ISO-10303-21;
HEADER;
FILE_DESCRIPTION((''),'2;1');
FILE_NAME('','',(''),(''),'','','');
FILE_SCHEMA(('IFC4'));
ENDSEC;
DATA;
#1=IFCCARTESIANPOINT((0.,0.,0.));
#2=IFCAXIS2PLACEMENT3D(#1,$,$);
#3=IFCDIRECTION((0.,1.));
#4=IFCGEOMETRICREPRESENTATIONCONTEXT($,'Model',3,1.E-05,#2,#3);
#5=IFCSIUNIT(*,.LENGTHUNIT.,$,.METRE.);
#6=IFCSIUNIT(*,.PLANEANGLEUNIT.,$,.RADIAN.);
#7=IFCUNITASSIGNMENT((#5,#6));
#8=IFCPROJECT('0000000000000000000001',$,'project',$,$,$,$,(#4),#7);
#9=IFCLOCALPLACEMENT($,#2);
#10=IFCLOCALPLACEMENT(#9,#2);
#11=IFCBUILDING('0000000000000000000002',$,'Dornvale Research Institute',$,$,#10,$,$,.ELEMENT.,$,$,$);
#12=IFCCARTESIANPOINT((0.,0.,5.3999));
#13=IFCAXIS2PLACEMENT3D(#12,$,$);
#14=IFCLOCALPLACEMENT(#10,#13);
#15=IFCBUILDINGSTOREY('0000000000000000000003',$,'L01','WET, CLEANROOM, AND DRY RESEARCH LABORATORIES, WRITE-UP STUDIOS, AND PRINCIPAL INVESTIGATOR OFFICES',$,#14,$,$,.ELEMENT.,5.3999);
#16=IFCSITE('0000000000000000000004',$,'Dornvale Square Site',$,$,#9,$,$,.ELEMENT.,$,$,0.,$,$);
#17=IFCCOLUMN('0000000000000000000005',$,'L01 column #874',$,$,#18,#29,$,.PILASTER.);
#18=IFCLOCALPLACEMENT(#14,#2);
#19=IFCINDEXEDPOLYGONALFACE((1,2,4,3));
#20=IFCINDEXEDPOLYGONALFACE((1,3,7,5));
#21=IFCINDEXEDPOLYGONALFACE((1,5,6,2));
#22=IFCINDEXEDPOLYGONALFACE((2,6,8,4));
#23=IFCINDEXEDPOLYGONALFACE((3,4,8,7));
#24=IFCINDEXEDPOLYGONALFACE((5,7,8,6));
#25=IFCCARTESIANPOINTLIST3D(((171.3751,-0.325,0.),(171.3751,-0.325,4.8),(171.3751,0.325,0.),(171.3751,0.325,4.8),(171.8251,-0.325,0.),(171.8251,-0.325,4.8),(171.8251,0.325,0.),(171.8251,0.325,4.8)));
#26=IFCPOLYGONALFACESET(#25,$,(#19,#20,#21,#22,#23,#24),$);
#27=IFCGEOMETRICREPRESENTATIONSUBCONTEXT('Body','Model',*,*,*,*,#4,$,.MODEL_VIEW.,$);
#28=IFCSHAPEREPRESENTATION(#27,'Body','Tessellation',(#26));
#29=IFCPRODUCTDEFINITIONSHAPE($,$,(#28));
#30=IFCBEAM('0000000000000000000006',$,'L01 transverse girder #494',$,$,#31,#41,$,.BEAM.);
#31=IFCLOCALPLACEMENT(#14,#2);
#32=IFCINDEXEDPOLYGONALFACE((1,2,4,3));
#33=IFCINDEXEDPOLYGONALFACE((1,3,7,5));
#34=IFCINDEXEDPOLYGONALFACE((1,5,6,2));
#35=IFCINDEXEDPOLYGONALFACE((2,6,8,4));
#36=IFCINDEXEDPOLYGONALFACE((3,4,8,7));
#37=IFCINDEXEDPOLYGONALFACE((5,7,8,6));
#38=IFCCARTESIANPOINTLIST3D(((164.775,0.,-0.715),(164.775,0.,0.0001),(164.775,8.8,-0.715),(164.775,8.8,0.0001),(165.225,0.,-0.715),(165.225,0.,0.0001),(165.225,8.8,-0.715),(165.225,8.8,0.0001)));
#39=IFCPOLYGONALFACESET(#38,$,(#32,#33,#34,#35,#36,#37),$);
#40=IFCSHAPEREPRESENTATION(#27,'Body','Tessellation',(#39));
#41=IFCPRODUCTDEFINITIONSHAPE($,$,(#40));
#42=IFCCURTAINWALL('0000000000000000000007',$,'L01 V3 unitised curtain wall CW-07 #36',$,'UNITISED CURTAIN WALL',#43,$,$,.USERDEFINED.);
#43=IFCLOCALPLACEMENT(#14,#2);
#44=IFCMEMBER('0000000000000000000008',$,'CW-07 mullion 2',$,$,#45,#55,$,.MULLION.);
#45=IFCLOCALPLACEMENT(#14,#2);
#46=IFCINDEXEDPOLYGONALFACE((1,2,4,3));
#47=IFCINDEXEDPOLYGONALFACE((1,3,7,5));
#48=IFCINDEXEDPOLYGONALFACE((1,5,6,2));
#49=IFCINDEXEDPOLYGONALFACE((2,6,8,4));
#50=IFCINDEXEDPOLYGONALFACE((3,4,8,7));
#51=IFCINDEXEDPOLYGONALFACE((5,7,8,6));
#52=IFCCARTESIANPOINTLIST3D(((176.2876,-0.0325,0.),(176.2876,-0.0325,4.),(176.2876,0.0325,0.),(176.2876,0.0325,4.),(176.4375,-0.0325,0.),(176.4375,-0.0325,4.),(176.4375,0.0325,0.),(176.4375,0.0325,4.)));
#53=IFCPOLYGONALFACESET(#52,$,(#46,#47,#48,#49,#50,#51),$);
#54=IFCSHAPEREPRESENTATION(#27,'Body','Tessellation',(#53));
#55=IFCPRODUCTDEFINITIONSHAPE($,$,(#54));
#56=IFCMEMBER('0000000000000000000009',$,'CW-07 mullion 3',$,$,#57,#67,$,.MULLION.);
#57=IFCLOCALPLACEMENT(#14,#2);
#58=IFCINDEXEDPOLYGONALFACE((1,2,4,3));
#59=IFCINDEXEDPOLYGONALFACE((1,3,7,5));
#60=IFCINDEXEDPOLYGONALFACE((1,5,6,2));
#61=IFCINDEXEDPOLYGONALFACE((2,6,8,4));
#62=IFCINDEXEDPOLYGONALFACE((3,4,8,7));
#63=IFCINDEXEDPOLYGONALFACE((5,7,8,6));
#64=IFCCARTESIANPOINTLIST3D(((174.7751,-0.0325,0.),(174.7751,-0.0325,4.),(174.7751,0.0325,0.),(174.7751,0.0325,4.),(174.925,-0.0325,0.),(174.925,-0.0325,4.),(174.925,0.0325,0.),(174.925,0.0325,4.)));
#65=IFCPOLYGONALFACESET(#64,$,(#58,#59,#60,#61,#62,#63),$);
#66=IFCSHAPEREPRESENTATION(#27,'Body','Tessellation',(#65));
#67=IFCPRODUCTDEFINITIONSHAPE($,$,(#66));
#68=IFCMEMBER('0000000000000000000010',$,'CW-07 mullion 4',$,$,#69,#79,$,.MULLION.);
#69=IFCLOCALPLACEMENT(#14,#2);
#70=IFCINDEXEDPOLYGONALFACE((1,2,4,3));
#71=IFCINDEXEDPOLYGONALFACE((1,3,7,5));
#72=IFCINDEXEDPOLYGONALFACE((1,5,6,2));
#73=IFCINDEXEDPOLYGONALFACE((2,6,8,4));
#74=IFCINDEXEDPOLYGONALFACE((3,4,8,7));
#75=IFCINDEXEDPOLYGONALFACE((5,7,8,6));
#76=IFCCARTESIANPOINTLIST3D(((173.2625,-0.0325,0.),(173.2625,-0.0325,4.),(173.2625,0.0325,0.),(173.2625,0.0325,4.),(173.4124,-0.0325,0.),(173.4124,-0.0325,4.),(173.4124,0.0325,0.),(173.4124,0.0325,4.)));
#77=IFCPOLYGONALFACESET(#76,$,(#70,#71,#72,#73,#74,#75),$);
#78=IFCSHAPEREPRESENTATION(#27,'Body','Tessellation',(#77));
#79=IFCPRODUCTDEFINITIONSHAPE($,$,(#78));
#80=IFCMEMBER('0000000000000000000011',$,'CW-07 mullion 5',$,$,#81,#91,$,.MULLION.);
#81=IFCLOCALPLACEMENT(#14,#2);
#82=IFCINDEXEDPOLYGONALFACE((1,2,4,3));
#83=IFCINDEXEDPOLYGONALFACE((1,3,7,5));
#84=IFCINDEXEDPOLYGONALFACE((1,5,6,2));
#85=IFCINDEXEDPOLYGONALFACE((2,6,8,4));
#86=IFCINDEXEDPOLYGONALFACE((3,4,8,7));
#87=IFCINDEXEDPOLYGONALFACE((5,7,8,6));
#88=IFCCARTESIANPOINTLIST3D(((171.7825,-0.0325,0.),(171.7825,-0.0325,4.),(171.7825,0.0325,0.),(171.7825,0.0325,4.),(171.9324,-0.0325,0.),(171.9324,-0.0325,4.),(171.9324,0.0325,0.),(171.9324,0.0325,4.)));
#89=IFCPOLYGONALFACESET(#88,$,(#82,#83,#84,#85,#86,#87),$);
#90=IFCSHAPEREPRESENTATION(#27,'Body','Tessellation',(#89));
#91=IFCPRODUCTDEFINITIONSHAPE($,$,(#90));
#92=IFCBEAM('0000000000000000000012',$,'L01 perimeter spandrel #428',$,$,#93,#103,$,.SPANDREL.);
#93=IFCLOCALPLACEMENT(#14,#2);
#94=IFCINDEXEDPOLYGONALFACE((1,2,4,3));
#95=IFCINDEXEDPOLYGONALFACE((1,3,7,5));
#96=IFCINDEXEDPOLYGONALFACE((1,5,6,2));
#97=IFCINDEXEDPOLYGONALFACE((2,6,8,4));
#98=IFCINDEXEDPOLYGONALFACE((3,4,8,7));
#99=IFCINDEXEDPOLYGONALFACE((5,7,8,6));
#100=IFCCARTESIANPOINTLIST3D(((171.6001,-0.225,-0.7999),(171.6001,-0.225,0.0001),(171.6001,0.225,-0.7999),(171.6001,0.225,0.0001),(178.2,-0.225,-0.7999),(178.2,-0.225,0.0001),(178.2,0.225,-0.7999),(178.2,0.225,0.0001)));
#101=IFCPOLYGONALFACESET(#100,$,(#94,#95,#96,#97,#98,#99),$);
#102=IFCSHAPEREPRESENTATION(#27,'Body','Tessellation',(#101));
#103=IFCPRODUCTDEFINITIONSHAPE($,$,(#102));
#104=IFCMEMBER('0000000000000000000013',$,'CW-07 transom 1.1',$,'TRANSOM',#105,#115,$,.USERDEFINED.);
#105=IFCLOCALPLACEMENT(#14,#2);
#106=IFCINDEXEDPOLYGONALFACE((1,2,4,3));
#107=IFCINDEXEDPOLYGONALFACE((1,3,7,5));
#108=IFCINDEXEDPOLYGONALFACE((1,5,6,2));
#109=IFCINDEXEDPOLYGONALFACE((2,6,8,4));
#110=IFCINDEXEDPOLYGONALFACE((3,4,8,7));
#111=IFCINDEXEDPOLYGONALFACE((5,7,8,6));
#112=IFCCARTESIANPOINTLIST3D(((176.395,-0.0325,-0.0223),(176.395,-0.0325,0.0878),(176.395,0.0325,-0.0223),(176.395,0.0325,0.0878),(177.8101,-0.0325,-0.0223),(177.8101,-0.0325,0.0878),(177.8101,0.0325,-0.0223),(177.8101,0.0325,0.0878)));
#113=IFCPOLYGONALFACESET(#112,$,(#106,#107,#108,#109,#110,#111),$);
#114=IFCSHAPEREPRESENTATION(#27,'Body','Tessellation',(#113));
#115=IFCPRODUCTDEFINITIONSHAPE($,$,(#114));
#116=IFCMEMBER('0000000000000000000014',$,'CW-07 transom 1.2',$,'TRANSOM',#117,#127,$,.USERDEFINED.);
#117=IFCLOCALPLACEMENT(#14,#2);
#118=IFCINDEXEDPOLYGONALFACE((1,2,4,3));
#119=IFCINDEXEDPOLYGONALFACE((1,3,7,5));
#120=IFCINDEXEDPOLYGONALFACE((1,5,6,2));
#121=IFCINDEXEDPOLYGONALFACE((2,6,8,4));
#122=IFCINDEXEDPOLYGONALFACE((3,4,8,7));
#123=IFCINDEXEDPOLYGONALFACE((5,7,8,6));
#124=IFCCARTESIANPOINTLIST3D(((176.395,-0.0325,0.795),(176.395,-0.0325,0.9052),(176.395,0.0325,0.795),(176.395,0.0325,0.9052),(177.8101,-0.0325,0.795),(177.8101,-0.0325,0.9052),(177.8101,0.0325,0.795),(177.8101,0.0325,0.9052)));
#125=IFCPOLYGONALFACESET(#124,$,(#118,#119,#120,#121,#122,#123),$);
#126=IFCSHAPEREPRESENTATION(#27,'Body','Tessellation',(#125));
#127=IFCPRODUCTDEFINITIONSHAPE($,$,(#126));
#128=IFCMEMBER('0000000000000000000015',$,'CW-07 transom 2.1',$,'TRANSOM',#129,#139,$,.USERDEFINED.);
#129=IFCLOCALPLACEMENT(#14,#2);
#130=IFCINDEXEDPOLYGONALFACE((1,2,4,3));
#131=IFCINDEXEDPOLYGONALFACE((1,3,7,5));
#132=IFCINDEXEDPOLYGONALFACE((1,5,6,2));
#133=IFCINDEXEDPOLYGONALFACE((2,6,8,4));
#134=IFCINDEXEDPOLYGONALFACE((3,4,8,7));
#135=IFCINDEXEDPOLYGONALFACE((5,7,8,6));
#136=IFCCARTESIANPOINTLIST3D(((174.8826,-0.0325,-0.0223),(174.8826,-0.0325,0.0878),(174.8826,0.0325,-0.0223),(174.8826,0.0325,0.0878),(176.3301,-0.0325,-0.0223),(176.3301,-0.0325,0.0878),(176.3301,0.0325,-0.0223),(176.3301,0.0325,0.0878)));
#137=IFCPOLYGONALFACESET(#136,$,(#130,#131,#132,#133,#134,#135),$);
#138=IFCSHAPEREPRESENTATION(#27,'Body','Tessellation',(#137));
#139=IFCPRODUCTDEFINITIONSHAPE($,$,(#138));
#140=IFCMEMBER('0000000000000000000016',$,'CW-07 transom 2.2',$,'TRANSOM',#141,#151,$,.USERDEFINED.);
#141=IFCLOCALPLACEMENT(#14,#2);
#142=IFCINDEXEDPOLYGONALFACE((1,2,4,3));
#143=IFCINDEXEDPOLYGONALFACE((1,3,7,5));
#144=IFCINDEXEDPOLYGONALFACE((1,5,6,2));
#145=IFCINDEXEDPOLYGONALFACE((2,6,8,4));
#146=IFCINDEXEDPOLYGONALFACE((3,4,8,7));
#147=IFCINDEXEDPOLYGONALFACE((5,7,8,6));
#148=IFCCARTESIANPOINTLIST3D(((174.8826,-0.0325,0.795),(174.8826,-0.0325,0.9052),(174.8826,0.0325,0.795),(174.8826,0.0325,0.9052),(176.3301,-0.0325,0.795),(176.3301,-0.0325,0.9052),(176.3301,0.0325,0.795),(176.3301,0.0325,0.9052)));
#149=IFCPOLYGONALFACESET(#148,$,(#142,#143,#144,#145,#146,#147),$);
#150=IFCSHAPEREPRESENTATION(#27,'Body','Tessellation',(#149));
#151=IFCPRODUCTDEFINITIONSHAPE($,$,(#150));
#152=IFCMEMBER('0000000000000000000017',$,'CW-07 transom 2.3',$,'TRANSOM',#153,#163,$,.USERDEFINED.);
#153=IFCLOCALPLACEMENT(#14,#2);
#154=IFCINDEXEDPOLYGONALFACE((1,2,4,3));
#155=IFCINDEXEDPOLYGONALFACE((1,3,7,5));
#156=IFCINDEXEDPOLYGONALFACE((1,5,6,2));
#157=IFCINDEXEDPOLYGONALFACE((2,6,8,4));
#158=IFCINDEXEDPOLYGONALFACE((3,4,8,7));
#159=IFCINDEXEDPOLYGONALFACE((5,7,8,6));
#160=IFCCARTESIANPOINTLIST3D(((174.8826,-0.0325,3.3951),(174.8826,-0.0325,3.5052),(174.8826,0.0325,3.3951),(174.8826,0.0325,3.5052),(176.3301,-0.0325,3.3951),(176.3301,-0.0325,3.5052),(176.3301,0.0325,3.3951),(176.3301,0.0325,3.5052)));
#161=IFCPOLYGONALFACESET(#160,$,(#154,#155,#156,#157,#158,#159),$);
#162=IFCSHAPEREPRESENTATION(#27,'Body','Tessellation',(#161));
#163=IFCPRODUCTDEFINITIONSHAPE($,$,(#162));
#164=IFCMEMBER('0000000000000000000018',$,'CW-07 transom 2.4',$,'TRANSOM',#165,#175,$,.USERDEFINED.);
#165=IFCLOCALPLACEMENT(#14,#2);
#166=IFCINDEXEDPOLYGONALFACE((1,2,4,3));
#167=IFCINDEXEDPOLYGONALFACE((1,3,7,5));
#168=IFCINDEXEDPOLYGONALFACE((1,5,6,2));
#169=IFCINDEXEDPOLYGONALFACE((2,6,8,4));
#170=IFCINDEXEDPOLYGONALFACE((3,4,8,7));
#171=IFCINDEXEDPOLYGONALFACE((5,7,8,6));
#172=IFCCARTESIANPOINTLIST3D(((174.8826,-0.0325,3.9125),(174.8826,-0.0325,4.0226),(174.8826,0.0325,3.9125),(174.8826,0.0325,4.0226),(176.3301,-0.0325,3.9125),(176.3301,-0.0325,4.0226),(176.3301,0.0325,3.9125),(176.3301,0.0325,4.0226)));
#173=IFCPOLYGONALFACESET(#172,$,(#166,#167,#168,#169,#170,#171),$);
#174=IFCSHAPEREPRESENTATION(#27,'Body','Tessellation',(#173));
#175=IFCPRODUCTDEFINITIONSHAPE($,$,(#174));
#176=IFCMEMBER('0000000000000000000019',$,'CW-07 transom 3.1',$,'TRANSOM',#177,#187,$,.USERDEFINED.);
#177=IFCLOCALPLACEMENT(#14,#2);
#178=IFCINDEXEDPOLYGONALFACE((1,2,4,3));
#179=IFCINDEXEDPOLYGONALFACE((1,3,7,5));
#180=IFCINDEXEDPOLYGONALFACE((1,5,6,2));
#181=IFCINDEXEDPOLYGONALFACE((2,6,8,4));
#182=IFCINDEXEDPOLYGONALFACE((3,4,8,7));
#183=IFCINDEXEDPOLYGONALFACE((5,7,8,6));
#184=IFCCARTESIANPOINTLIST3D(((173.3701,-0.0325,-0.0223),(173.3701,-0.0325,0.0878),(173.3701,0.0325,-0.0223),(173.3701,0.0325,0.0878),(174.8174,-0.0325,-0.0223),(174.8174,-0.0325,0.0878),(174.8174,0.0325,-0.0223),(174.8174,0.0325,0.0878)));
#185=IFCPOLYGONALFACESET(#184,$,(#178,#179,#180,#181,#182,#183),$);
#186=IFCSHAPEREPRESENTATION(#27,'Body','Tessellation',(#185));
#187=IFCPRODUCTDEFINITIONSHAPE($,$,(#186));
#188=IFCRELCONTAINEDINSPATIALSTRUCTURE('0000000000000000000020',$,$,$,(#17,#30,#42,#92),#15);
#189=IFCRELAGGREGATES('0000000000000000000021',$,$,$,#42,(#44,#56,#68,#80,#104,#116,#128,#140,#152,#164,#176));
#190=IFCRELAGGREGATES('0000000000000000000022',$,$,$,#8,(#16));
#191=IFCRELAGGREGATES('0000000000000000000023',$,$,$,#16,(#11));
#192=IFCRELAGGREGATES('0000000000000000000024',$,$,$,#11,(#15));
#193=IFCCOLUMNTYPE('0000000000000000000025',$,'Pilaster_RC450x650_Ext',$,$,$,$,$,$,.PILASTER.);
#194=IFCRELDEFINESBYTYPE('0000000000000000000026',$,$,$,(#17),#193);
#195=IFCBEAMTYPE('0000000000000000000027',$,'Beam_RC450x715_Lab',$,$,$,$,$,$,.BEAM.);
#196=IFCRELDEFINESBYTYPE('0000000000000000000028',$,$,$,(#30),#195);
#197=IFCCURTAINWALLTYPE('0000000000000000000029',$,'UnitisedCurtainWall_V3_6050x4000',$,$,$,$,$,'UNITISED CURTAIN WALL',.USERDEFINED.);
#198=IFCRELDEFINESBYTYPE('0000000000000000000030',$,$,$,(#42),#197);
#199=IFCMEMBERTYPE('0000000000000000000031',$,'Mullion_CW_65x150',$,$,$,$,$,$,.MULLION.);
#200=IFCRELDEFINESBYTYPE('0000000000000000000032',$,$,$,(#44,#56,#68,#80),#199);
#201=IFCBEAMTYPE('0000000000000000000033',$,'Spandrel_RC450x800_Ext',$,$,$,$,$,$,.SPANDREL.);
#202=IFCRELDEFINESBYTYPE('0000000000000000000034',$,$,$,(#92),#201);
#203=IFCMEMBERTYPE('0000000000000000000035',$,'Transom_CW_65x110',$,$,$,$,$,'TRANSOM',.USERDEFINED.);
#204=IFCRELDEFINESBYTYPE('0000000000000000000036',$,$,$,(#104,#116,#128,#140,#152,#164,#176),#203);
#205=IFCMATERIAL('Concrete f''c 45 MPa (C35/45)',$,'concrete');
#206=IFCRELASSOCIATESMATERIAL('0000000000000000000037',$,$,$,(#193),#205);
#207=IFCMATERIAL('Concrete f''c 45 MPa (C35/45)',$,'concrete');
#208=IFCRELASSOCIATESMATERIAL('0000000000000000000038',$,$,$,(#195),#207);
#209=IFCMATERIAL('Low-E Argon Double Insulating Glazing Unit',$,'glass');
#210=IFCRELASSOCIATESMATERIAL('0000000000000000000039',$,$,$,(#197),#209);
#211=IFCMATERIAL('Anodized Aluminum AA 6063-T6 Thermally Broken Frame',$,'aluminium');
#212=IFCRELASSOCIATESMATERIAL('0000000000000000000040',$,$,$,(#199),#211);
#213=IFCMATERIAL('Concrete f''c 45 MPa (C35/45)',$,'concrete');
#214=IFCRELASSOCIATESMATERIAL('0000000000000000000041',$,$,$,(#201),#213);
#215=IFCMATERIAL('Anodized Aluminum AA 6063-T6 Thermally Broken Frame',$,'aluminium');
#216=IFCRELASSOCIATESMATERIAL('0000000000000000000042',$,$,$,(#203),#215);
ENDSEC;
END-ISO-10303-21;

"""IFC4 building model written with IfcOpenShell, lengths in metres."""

from ifc_helpers import new_model, si_unit, direction, frame, origin, origin_2d, place, context, subcontext, project, spatial, rectangle, extrude, material, material_profile, profile_set, type_object, element, aggregate, save


model = new_model("IFC4")

# Units and contexts
model_context = context("Model", 3, precision=1e-05, world=origin(), true_north=direction((0.0, 1.0)))
body_context = subcontext(model_context, "Body", "Model", "MODEL_VIEW")
ifc_project = project(units=[si_unit("LENGTHUNIT", "METRE"), si_unit("PLANEANGLEUNIT", "RADIAN")], contexts=[model_context])

# Site, building, storey
site_placement = place(None, origin())
site = spatial("IfcSite", under=ifc_project, at=site_placement, Name="Dornvale Square Site", CompositionType="ELEMENT", RefElevation=0.0)
building_placement = place(site_placement, origin())
building = spatial("IfcBuilding", under=site, at=building_placement, Name="Dornvale Research Institute", CompositionType="ELEMENT")
storey_placement = place(building_placement, frame((0.0, 0.0, 5.3999)))
storey = spatial("IfcBuildingStorey", under=building, at=storey_placement, Name="L01", Description="WET, CLEANROOM, AND DRY RESEARCH LABORATORIES, WRITE-UP STUDIOS, AND PRINCIPAL INVESTIGATOR OFFICES", CompositionType="ELEMENT", Elevation=5.3999)

# Column
ifc_material_1 = material(Name="Concrete f'c 45 MPa (C35/45)", Category="concrete")
ifc_material_profile_1 = material_profile(ifc_material_1, rectangle(XDim=0.45, YDim=0.6499, at=origin_2d()), Name="RC 450x650")
ifc_profile_set_1 = profile_set([ifc_material_profile_1], Name="Concrete f'c 45 MPa (C35/45)")
column_type = type_object("IfcColumnType", Name="Pilaster_RC450x650_Ext", PredefinedType="PILASTER", material=ifc_profile_set_1)
column_placement = place(storey_placement, frame((171.6001, 0.0, 0.0), z_axis=(0.0, 0.0, 1.0), x_axis=(1.0, 0.0, 0.0)))
element("IfcColumn", 1, at=column_placement, inside=storey, type_object=column_type, Name="L01 column #874", PredefinedType="PILASTER", context=body_context, shape_type="SweptSolid", body=[
    extrude(rectangle(XDim=0.45, YDim=0.6499, at=origin_2d()), origin(), (0.0, 0.0, 1.0), 4.8),
])

# Beam
ifc_material_2 = material(Name="Concrete f'c 45 MPa (C35/45)", Category="concrete")
ifc_material_profile_2 = material_profile(ifc_material_2, rectangle(XDim=0.45, YDim=0.7151, at=origin_2d()), Name="RC 450x715")
ifc_profile_set_2 = profile_set([ifc_material_profile_2], Name="Concrete f'c 45 MPa (C35/45)")
beam_type_1 = type_object("IfcBeamType", Name="Beam_RC450x715_Lab", PredefinedType="BEAM", material=ifc_profile_set_2)
beam_1_placement = place(storey_placement, frame((165.0, 0.0, -0.3574), z_axis=(0.0, 1.0, 0.0), x_axis=(-1.0, 0.0, 0.0)))
element("IfcBeam", 2, at=beam_1_placement, inside=storey, type_object=beam_type_1, Name="L01 transverse girder #494", PredefinedType="BEAM", context=body_context, shape_type="SweptSolid", body=[
    extrude(rectangle(XDim=0.45, YDim=0.7151, at=origin_2d()), origin(), (0.0, 0.0, 1.0), 8.8),
])

# Curtain wall, members
ifc_material_3 = material(Name="Low-E Argon Double Insulating Glazing Unit", Category="glass")
curtain_wall_type = type_object("IfcCurtainWallType", Name="UnitisedCurtainWall_V3_6050x4000", ElementType="UNITISED CURTAIN WALL", PredefinedType="USERDEFINED", material=ifc_material_3)
curtain_wall_placement = place(storey_placement, origin())
curtain_wall = element("IfcCurtainWall", 3, at=curtain_wall_placement, inside=storey, type_object=curtain_wall_type, Name="L01 V3 unitised curtain wall CW-07 #36", ObjectType="UNITISED CURTAIN WALL", PredefinedType="USERDEFINED")
ifc_material_4 = material(Name="Anodized Aluminum AA 6063-T6 Thermally Broken Frame", Category="aluminium")
ifc_material_profile_3 = material_profile(ifc_material_4, rectangle(XDim=0.0649, YDim=0.1499, at=origin_2d()), Name="ALU MULLION 65x150")
ifc_profile_set_3 = profile_set([ifc_material_profile_3], Name="Anodized Aluminum AA 6063-T6 Thermally Broken Frame")
member_type_1 = type_object("IfcMemberType", Name="Mullion_CW_65x150", PredefinedType="MULLION", material=ifc_profile_set_3)
member_1_placement = place(storey_placement, frame((176.3625, 0.0, 0.0), z_axis=(0.0, 0.0, 1.0), x_axis=(0.0, -1.0, 0.0)))
member_1 = element("IfcMember", 4, at=member_1_placement, type_object=member_type_1, Name="CW-07 mullion 2", PredefinedType="MULLION", context=body_context, shape_type="SweptSolid", body=[
    extrude(rectangle(XDim=0.0649, YDim=0.1499, at=origin_2d()), origin(), (0.0, 0.0, 1.0), 4.0),
])
member_2_placement = place(storey_placement, frame((174.8501, 0.0, 0.0), z_axis=(0.0, 0.0, 1.0), x_axis=(0.0, -1.0, 0.0)))
member_2 = element("IfcMember", 5, at=member_2_placement, type_object=member_type_1, Name="CW-07 mullion 3", PredefinedType="MULLION", context=body_context, shape_type="SweptSolid", body=[
    extrude(rectangle(XDim=0.0649, YDim=0.1499, at=origin_2d()), origin(), (0.0, 0.0, 1.0), 4.0),
])
member_3_placement = place(storey_placement, frame((173.3374, 0.0, 0.0), z_axis=(0.0, 0.0, 1.0), x_axis=(0.0, -1.0, 0.0)))
member_3 = element("IfcMember", 6, at=member_3_placement, type_object=member_type_1, Name="CW-07 mullion 4", PredefinedType="MULLION", context=body_context, shape_type="SweptSolid", body=[
    extrude(rectangle(XDim=0.0649, YDim=0.1499, at=origin_2d()), origin(), (0.0, 0.0, 1.0), 4.0),
])
member_4_placement = place(storey_placement, frame((171.8574, 0.0, 0.0), z_axis=(0.0, 0.0, 1.0), x_axis=(0.0, -1.0, 0.0)))
member_4 = element("IfcMember", 7, at=member_4_placement, type_object=member_type_1, Name="CW-07 mullion 5", PredefinedType="MULLION", context=body_context, shape_type="SweptSolid", body=[
    extrude(rectangle(XDim=0.0649, YDim=0.1499, at=origin_2d()), origin(), (0.0, 0.0, 1.0), 4.0),
])

# Beam
ifc_material_5 = material(Name="Concrete f'c 45 MPa (C35/45)", Category="concrete")
ifc_material_profile_4 = material_profile(ifc_material_5, rectangle(XDim=0.45, YDim=0.8, at=origin_2d()), Name="RC 450x800")
ifc_profile_set_4 = profile_set([ifc_material_profile_4], Name="Concrete f'c 45 MPa (C35/45)")
beam_type_2 = type_object("IfcBeamType", Name="Spandrel_RC450x800_Ext", PredefinedType="SPANDREL", material=ifc_profile_set_4)
beam_2_placement = place(storey_placement, frame((171.6001, 0.0, -0.3999), z_axis=(1.0, 0.0, 0.0), x_axis=(0.0, 1.0, 0.0)))
element("IfcBeam", 8, at=beam_2_placement, inside=storey, type_object=beam_type_2, Name="L01 perimeter spandrel #428", PredefinedType="SPANDREL", context=body_context, shape_type="SweptSolid", body=[
    extrude(rectangle(XDim=0.45, YDim=0.8, at=origin_2d()), origin(), (0.0, 0.0, 1.0), 6.5999),
])

# Members
ifc_material_6 = material(Name="Anodized Aluminum AA 6063-T6 Thermally Broken Frame", Category="aluminium")
ifc_material_profile_5 = material_profile(ifc_material_6, rectangle(XDim=0.0649, YDim=0.1101, at=origin_2d()), Name="ALU TRANSOM 65x110")
ifc_profile_set_5 = profile_set([ifc_material_profile_5], Name="Anodized Aluminum AA 6063-T6 Thermally Broken Frame")
member_type_2 = type_object("IfcMemberType", Name="Transom_CW_65x110", ElementType="TRANSOM", PredefinedType="USERDEFINED", material=ifc_profile_set_5)
member_5_placement = place(storey_placement, frame((177.8101, 0.0, 0.0327), z_axis=(-1.0, 0.0, 0.0), x_axis=(0.0, -1.0, 0.0)))
member_5 = element("IfcMember", 9, at=member_5_placement, type_object=member_type_2, Name="CW-07 transom 1.1", ObjectType="TRANSOM", PredefinedType="USERDEFINED", context=body_context, shape_type="SweptSolid", body=[
    extrude(rectangle(XDim=0.0649, YDim=0.1101, at=origin_2d()), origin(), (0.0, 0.0, 1.0), 1.415),
])
member_6_placement = place(storey_placement, frame((177.8101, 0.0, 0.8501), z_axis=(-1.0, 0.0, 0.0), x_axis=(0.0, -1.0, 0.0)))
member_6 = element("IfcMember", 10, at=member_6_placement, type_object=member_type_2, Name="CW-07 transom 1.2", ObjectType="TRANSOM", PredefinedType="USERDEFINED", context=body_context, shape_type="SweptSolid", body=[
    extrude(rectangle(XDim=0.0649, YDim=0.1101, at=origin_2d()), origin(), (0.0, 0.0, 1.0), 1.415),
])
member_7_placement = place(storey_placement, frame((176.3301, 0.0, 0.0327), z_axis=(-1.0, 0.0, 0.0), x_axis=(0.0, -1.0, 0.0)))
member_7 = element("IfcMember", 11, at=member_7_placement, type_object=member_type_2, Name="CW-07 transom 2.1", ObjectType="TRANSOM", PredefinedType="USERDEFINED", context=body_context, shape_type="SweptSolid", body=[
    extrude(rectangle(XDim=0.0649, YDim=0.1101, at=origin_2d()), origin(), (0.0, 0.0, 1.0), 1.4475),
])
member_8_placement = place(storey_placement, frame((176.3301, 0.0, 0.8501), z_axis=(-1.0, 0.0, 0.0), x_axis=(0.0, -1.0, 0.0)))
member_8 = element("IfcMember", 12, at=member_8_placement, type_object=member_type_2, Name="CW-07 transom 2.2", ObjectType="TRANSOM", PredefinedType="USERDEFINED", context=body_context, shape_type="SweptSolid", body=[
    extrude(rectangle(XDim=0.0649, YDim=0.1101, at=origin_2d()), origin(), (0.0, 0.0, 1.0), 1.4475),
])
member_9_placement = place(storey_placement, frame((176.3301, 0.0, 3.4502), z_axis=(-1.0, 0.0, 0.0), x_axis=(0.0, -1.0, 0.0)))
member_9 = element("IfcMember", 13, at=member_9_placement, type_object=member_type_2, Name="CW-07 transom 2.3", ObjectType="TRANSOM", PredefinedType="USERDEFINED", context=body_context, shape_type="SweptSolid", body=[
    extrude(rectangle(XDim=0.0649, YDim=0.1101, at=origin_2d()), origin(), (0.0, 0.0, 1.0), 1.4475),
])
member_10_placement = place(storey_placement, frame((176.3301, 0.0, 3.9675), z_axis=(-1.0, 0.0, 0.0), x_axis=(0.0, -1.0, 0.0)))
member_10 = element("IfcMember", 14, at=member_10_placement, type_object=member_type_2, Name="CW-07 transom 2.4", ObjectType="TRANSOM", PredefinedType="USERDEFINED", context=body_context, shape_type="SweptSolid", body=[
    extrude(rectangle(XDim=0.0649, YDim=0.1101, at=origin_2d()), origin(), (0.0, 0.0, 1.0), 1.4475),
])
member_11_placement = place(storey_placement, frame((174.8174, 0.0, 0.0327), z_axis=(-1.0, 0.0, 0.0), x_axis=(0.0, -1.0, 0.0)))
member_11 = element("IfcMember", 15, at=member_11_placement, type_object=member_type_2, Name="CW-07 transom 3.1", ObjectType="TRANSOM", PredefinedType="USERDEFINED", context=body_context, shape_type="SweptSolid", body=[
    extrude(rectangle(XDim=0.0649, YDim=0.1101, at=origin_2d()), origin(), (0.0, 0.0, 1.0), 1.4473),
])

aggregate(curtain_wall, [member_1, member_2, member_3, member_4, member_5, member_6, member_7, member_8, member_9, member_10, member_11])

save(model, "model.ifc")
